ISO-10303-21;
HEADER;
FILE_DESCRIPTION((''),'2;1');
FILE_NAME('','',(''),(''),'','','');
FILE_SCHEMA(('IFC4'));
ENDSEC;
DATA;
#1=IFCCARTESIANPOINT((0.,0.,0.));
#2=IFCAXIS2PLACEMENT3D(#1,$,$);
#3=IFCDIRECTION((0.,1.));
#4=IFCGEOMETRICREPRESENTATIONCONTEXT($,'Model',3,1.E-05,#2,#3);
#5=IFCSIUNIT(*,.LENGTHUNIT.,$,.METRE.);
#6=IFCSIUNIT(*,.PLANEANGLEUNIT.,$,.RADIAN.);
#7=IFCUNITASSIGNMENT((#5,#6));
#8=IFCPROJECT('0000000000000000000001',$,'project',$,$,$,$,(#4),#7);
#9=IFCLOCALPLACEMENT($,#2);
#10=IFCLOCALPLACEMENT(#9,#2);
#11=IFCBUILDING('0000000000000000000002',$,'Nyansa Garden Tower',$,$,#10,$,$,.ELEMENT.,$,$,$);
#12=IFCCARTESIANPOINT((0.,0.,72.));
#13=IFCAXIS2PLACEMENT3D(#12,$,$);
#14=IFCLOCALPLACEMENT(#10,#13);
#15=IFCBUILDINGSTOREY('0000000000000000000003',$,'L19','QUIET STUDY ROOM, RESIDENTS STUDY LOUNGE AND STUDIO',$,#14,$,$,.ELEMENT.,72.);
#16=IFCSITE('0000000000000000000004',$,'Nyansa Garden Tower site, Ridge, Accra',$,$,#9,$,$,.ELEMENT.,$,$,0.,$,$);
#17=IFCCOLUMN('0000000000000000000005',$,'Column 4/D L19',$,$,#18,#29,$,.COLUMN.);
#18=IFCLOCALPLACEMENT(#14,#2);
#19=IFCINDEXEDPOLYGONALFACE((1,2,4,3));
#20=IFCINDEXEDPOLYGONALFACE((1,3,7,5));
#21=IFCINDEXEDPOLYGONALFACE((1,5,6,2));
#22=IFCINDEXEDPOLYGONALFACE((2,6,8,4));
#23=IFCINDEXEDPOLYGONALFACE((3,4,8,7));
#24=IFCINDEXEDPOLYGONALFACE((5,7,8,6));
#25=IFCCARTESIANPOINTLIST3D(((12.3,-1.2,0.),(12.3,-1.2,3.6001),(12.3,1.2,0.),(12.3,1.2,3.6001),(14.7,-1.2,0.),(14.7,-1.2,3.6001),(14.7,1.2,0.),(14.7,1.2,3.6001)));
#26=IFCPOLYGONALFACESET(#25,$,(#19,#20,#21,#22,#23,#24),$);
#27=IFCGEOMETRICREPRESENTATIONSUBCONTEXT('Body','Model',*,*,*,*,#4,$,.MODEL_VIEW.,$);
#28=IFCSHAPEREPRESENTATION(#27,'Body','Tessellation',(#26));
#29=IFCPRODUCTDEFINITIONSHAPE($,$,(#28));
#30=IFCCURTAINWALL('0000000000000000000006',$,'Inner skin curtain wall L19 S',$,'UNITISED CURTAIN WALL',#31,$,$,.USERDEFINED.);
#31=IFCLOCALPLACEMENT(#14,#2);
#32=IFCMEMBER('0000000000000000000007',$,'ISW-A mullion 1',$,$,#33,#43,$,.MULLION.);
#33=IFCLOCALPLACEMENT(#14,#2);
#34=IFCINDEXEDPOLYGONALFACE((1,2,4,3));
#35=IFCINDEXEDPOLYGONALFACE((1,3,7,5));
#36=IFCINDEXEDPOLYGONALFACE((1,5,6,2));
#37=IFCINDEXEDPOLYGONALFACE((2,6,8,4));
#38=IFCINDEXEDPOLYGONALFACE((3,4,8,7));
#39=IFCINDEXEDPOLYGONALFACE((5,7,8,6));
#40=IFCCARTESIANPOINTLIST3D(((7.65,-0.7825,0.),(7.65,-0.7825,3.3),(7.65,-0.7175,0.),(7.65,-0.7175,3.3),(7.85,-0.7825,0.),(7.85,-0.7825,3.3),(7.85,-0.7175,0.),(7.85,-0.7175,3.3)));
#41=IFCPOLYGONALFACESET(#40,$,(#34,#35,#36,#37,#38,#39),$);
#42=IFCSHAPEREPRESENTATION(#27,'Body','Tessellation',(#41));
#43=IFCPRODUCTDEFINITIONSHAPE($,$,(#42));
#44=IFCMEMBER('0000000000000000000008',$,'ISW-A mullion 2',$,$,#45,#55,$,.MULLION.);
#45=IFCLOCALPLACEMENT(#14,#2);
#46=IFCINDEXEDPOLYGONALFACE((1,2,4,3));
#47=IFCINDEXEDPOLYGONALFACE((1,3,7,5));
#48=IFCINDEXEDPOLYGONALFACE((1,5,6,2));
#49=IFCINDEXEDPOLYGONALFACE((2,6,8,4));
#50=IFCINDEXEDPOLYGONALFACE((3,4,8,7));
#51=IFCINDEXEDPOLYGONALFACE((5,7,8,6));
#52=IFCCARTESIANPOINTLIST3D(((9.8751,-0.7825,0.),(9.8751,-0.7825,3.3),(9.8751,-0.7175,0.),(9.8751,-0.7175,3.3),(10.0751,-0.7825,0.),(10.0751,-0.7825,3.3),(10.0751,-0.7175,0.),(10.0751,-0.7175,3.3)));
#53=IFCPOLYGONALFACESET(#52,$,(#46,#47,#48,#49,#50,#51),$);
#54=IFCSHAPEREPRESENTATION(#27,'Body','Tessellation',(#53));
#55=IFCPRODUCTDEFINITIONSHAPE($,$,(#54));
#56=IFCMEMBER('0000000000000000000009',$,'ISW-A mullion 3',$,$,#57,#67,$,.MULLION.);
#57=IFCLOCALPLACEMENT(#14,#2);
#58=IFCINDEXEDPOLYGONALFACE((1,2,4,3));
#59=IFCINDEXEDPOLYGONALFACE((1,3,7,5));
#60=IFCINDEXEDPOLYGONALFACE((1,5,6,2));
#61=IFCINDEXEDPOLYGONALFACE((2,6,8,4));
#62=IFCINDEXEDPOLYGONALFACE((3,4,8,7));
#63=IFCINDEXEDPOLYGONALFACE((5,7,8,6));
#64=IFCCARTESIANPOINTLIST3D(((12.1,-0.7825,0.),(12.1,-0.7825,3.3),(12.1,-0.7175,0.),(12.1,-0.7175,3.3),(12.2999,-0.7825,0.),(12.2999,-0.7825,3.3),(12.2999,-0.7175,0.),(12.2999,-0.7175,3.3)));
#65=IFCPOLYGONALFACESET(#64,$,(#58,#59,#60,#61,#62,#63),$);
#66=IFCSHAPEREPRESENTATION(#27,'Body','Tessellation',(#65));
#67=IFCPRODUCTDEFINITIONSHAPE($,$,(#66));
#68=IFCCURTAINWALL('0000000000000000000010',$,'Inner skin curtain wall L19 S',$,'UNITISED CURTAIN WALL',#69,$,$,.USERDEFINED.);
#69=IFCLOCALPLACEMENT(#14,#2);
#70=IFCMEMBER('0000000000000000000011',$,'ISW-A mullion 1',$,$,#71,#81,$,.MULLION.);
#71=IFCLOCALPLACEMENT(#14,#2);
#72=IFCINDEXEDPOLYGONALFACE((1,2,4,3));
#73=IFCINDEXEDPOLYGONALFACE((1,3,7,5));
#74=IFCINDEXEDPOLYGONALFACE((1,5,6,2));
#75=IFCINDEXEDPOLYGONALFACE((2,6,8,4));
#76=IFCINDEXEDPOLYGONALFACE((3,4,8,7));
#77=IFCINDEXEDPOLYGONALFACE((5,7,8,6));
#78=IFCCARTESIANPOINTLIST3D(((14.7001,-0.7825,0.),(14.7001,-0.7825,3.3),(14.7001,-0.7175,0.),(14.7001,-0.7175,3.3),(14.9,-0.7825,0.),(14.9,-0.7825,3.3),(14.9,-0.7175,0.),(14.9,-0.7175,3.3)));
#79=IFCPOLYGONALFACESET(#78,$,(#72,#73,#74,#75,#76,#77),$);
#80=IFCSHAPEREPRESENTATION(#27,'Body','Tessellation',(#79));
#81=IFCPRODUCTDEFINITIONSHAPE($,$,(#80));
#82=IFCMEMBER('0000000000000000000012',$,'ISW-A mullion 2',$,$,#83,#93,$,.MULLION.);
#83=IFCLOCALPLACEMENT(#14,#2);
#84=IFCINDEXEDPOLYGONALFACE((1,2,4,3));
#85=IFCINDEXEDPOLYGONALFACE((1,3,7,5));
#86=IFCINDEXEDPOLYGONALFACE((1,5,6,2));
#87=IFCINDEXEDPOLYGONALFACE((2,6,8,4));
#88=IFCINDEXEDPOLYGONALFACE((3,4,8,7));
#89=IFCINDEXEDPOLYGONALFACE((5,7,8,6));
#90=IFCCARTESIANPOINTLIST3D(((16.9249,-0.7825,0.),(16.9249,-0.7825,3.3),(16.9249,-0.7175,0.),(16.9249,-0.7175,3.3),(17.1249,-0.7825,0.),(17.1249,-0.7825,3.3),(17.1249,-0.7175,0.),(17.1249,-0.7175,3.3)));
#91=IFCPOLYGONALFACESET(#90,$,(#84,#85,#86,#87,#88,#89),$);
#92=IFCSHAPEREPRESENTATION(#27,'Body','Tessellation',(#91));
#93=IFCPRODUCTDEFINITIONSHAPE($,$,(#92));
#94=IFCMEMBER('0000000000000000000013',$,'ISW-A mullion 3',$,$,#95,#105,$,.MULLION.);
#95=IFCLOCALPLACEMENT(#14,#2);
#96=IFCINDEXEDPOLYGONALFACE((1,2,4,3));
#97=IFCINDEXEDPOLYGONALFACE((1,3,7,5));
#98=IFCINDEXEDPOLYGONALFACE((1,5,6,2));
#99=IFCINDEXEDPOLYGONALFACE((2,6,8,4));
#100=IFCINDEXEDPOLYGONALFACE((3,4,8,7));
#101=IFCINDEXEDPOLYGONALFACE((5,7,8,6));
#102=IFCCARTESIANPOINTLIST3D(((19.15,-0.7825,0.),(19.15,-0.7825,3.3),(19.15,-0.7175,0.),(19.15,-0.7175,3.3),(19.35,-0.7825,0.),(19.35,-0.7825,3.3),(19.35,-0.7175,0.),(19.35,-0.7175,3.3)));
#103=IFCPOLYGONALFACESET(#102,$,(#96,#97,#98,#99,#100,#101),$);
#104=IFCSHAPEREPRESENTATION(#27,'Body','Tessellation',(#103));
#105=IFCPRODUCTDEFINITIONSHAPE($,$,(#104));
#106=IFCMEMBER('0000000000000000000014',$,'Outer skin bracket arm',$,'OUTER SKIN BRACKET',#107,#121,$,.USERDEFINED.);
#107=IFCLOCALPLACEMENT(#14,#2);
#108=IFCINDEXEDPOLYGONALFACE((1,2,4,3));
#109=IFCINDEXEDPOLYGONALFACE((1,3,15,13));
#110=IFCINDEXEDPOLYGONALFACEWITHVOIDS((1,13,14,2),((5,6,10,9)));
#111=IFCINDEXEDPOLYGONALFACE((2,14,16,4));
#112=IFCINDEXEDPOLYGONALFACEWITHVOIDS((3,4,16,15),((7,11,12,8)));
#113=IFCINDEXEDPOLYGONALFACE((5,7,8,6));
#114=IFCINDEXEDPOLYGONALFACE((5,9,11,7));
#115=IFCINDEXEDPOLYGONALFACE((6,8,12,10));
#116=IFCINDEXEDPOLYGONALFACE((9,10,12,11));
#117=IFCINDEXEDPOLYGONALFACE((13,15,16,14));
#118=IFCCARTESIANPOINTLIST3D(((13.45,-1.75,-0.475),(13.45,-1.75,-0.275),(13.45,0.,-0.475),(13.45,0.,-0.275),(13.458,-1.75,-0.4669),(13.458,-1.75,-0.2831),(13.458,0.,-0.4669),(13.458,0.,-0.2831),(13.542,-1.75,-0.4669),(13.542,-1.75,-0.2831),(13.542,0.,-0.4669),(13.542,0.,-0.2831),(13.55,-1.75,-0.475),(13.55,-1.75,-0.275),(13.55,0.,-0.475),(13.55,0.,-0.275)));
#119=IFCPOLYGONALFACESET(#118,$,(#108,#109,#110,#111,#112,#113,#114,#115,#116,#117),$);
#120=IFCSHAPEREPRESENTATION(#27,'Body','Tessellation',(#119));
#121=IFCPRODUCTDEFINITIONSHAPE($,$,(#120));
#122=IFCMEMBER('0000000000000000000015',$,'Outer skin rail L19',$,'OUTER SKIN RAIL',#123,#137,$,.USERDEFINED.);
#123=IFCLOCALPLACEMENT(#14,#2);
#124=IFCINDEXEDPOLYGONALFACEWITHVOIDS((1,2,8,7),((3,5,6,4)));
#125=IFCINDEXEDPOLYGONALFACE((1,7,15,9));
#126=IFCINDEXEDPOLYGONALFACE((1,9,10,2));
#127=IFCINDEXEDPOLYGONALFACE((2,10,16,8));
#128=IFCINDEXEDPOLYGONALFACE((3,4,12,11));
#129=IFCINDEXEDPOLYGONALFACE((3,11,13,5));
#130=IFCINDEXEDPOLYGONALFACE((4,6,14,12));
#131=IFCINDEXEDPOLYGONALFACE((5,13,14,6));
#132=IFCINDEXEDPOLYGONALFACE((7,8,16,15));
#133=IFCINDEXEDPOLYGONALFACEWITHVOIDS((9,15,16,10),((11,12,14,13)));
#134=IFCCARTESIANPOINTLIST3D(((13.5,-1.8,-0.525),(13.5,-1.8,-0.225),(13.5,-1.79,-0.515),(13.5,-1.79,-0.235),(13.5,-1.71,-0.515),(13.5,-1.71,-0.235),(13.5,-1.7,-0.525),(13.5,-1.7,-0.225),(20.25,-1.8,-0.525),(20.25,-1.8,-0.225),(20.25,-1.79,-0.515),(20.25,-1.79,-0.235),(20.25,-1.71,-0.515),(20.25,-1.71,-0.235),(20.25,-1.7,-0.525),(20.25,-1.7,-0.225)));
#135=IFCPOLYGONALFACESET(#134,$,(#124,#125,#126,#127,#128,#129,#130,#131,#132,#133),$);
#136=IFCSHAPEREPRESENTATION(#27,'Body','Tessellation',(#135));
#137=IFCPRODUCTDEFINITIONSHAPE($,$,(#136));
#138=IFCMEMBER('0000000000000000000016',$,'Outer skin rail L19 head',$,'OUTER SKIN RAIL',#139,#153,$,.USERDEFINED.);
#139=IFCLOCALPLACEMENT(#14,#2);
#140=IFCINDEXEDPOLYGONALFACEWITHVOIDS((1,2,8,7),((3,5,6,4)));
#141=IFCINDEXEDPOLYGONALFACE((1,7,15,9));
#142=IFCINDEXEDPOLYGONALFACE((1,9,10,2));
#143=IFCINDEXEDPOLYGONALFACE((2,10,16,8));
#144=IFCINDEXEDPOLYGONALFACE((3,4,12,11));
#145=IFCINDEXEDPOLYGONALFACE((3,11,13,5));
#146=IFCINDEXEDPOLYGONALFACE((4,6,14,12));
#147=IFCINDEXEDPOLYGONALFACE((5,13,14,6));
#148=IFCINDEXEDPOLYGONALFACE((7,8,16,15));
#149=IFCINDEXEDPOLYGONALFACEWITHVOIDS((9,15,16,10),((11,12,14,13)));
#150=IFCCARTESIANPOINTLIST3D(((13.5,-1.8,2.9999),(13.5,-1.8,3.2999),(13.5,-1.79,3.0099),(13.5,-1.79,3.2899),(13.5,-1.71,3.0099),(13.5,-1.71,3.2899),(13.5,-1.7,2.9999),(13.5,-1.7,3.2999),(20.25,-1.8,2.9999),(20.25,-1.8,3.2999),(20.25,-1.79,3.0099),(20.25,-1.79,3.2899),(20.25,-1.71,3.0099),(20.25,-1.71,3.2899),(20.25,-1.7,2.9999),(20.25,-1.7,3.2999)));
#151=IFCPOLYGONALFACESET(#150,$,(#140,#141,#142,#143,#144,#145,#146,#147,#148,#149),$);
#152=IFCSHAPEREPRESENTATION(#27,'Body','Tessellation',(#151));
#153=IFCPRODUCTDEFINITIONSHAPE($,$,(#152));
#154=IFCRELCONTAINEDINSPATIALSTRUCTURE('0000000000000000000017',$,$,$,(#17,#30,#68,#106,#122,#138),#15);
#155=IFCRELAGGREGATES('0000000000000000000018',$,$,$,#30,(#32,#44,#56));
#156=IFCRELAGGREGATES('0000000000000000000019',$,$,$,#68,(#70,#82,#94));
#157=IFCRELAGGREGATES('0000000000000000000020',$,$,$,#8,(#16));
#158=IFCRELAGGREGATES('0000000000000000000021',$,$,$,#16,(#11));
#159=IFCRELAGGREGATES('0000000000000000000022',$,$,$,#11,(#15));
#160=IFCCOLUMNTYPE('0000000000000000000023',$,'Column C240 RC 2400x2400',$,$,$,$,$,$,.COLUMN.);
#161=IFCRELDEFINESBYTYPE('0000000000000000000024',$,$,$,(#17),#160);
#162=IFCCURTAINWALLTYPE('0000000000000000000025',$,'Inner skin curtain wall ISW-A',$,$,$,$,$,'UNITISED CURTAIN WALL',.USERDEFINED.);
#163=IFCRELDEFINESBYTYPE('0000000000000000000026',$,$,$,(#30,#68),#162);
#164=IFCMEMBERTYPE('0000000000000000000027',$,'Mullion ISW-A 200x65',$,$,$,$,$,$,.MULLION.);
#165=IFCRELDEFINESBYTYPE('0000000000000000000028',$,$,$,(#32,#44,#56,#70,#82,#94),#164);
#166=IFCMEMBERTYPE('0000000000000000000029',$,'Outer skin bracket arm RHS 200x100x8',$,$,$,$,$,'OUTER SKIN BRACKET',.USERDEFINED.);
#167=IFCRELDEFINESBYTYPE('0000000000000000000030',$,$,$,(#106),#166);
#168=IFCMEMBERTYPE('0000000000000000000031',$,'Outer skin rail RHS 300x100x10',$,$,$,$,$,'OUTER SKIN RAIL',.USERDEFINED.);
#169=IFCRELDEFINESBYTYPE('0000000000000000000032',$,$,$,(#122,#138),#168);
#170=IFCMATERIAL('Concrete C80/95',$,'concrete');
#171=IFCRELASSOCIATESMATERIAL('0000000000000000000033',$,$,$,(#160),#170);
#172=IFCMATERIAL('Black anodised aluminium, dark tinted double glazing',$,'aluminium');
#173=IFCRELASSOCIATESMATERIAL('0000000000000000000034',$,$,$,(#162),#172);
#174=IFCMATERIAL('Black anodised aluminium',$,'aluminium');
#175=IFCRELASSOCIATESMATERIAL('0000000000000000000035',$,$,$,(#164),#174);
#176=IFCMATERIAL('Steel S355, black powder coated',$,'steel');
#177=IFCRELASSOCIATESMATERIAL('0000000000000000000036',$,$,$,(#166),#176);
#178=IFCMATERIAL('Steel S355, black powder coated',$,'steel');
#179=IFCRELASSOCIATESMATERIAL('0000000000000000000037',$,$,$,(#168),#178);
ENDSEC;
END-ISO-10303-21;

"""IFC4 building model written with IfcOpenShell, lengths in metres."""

from ifc_helpers import new_model, si_unit, direction, frame, origin, origin_2d, place, context, subcontext, project, spatial, rectangle, hollow_rectangle, extrude, material, material_profile, profile_set, type_object, element, aggregate, save


model = new_model("IFC4")

# Units and contexts
model_context = context("Model", 3, precision=1e-05, world=origin(), true_north=direction((0.0, 1.0)))
body_context = subcontext(model_context, "Body", "Model", "MODEL_VIEW")
ifc_project = project(units=[si_unit("LENGTHUNIT", "METRE"), si_unit("PLANEANGLEUNIT", "RADIAN")], contexts=[model_context])

# Site, building, storey
site_placement = place(None, origin())
site = spatial("IfcSite", under=ifc_project, at=site_placement, Name="Nyansa Garden Tower site, Ridge, Accra", CompositionType="ELEMENT", RefElevation=0.0)
building_placement = place(site_placement, origin())
building = spatial("IfcBuilding", under=site, at=building_placement, Name="Nyansa Garden Tower", CompositionType="ELEMENT")
storey_placement = place(building_placement, frame((0.0, 0.0, 72.0)))
storey = spatial("IfcBuildingStorey", under=building, at=storey_placement, Name="L19", Description="QUIET STUDY ROOM, RESIDENTS STUDY LOUNGE AND STUDIO", CompositionType="ELEMENT", Elevation=72.0)

# Column
ifc_material_1 = material(Name="Concrete C80/95", Category="concrete")
ifc_material_profile_1 = material_profile(ifc_material_1, rectangle(XDim=2.3999, YDim=2.3999, at=origin_2d()), Name="RC 2400x2400")
ifc_profile_set_1 = profile_set([ifc_material_profile_1], Name="Concrete C80/95")
column_type = type_object("IfcColumnType", Name="Column C240 RC 2400x2400", PredefinedType="COLUMN", material=ifc_profile_set_1)
column_placement = place(storey_placement, frame((13.5, 0.0, 0.0), z_axis=(0.0, 0.0, 1.0), x_axis=(1.0, 0.0, 0.0)))
element("IfcColumn", 1, at=column_placement, inside=storey, type_object=column_type, Name="Column 4/D L19", PredefinedType="COLUMN", context=body_context, shape_type="SweptSolid", body=[
    extrude(rectangle(XDim=2.3999, YDim=2.3999, at=origin_2d()), origin(), (0.0, 0.0, 1.0), 3.6001),
])

# Curtain walls, members
ifc_material_2 = material(Name="Black anodised aluminium, dark tinted double glazing", Category="aluminium")
curtain_wall_type = type_object("IfcCurtainWallType", Name="Inner skin curtain wall ISW-A", ElementType="UNITISED CURTAIN WALL", PredefinedType="USERDEFINED", material=ifc_material_2)
curtain_wall_1_placement = place(storey_placement, origin())
curtain_wall_1 = element("IfcCurtainWall", 2, at=curtain_wall_1_placement, inside=storey, type_object=curtain_wall_type, Name="Inner skin curtain wall L19 S", ObjectType="UNITISED CURTAIN WALL", PredefinedType="USERDEFINED")
ifc_material_3 = material(Name="Black anodised aluminium", Category="aluminium")
ifc_material_profile_2 = material_profile(ifc_material_3, rectangle(XDim=0.0649, YDim=0.2, at=origin_2d()), Name="Mullion 200x65")
ifc_profile_set_2 = profile_set([ifc_material_profile_2], Name="Black anodised aluminium")
member_type_1 = type_object("IfcMemberType", Name="Mullion ISW-A 200x65", PredefinedType="MULLION", material=ifc_profile_set_2)
member_1_placement = place(storey_placement, frame((7.75, -0.75, 0.0), z_axis=(0.0, 0.0, 1.0), x_axis=(0.0, 1.0, 0.0)))
member_1 = element("IfcMember", 3, at=member_1_placement, type_object=member_type_1, Name="ISW-A mullion 1", PredefinedType="MULLION", context=body_context, shape_type="SweptSolid", body=[
    extrude(rectangle(XDim=0.0649, YDim=0.2, at=origin_2d()), origin(), (0.0, 0.0, 1.0), 3.3),
])
member_2_placement = place(storey_placement, frame((9.9751, -0.75, 0.0), z_axis=(0.0, 0.0, 1.0), x_axis=(0.0, 1.0, 0.0)))
member_2 = element("IfcMember", 4, at=member_2_placement, type_object=member_type_1, Name="ISW-A mullion 2", PredefinedType="MULLION", context=body_context, shape_type="SweptSolid", body=[
    extrude(rectangle(XDim=0.0649, YDim=0.2, at=origin_2d()), origin(), (0.0, 0.0, 1.0), 3.3),
])
member_3_placement = place(storey_placement, frame((12.2, -0.75, 0.0), z_axis=(0.0, 0.0, 1.0), x_axis=(0.0, 1.0, 0.0)))
member_3 = element("IfcMember", 5, at=member_3_placement, type_object=member_type_1, Name="ISW-A mullion 3", PredefinedType="MULLION", context=body_context, shape_type="SweptSolid", body=[
    extrude(rectangle(XDim=0.0649, YDim=0.2, at=origin_2d()), origin(), (0.0, 0.0, 1.0), 3.3),
])
curtain_wall_2_placement = place(storey_placement, origin())
curtain_wall_2 = element("IfcCurtainWall", 6, at=curtain_wall_2_placement, inside=storey, type_object=curtain_wall_type, Name="Inner skin curtain wall L19 S", ObjectType="UNITISED CURTAIN WALL", PredefinedType="USERDEFINED")
member_4_placement = place(storey_placement, frame((14.8, -0.75, 0.0), z_axis=(0.0, 0.0, 1.0), x_axis=(0.0, 1.0, 0.0)))
member_4 = element("IfcMember", 7, at=member_4_placement, type_object=member_type_1, Name="ISW-A mullion 1", PredefinedType="MULLION", context=body_context, shape_type="SweptSolid", body=[
    extrude(rectangle(XDim=0.0649, YDim=0.2, at=origin_2d()), origin(), (0.0, 0.0, 1.0), 3.3),
])
member_5_placement = place(storey_placement, frame((17.0249, -0.75, 0.0), z_axis=(0.0, 0.0, 1.0), x_axis=(0.0, 1.0, 0.0)))
member_5 = element("IfcMember", 8, at=member_5_placement, type_object=member_type_1, Name="ISW-A mullion 2", PredefinedType="MULLION", context=body_context, shape_type="SweptSolid", body=[
    extrude(rectangle(XDim=0.0649, YDim=0.2, at=origin_2d()), origin(), (0.0, 0.0, 1.0), 3.3),
])
member_6_placement = place(storey_placement, frame((19.25, -0.75, 0.0), z_axis=(0.0, 0.0, 1.0), x_axis=(0.0, 1.0, 0.0)))
member_6 = element("IfcMember", 9, at=member_6_placement, type_object=member_type_1, Name="ISW-A mullion 3", PredefinedType="MULLION", context=body_context, shape_type="SweptSolid", body=[
    extrude(rectangle(XDim=0.0649, YDim=0.2, at=origin_2d()), origin(), (0.0, 0.0, 1.0), 3.3),
])

# Members
ifc_material_4 = material(Name="Steel S355, black powder coated", Category="steel")
ifc_material_profile_3 = material_profile(ifc_material_4, hollow_rectangle(XDim=0.1001, YDim=0.2, WallThickness=0.0081, at=origin_2d()), Name="RHS 200x100x8")
ifc_profile_set_3 = profile_set([ifc_material_profile_3], Name="Steel S355, black powder coated")
member_type_2 = type_object("IfcMemberType", Name="Outer skin bracket arm RHS 200x100x8", ElementType="OUTER SKIN BRACKET", PredefinedType="USERDEFINED", material=ifc_profile_set_3)
member_7_placement = place(storey_placement, frame((13.5, 0.0, -0.375), z_axis=(0.0, -1.0, 0.0), x_axis=(1.0, 0.0, 0.0)))
element("IfcMember", 10, at=member_7_placement, inside=storey, type_object=member_type_2, Name="Outer skin bracket arm", ObjectType="OUTER SKIN BRACKET", PredefinedType="USERDEFINED", context=body_context, shape_type="SweptSolid", body=[
    extrude(hollow_rectangle(XDim=0.1001, YDim=0.2, WallThickness=0.0081, at=origin_2d()), origin(), (0.0, 0.0, 1.0), 1.75),
])
ifc_material_5 = material(Name="Steel S355, black powder coated", Category="steel")
ifc_material_profile_4 = material_profile(ifc_material_5, hollow_rectangle(XDim=0.1001, YDim=0.3, WallThickness=0.01, at=origin_2d()), Name="RHS 300x100x10")
ifc_profile_set_4 = profile_set([ifc_material_profile_4], Name="Steel S355, black powder coated")
member_type_3 = type_object("IfcMemberType", Name="Outer skin rail RHS 300x100x10", ElementType="OUTER SKIN RAIL", PredefinedType="USERDEFINED", material=ifc_profile_set_4)
for number, where, z_axis, x_axis, name in (
    (11, (13.5, -1.75, -0.375), (1.0, 0.0, 0.0), (0.0, 1.0, 0.0), "Outer skin rail L19"),
    (12, (13.5, -1.75, 3.1499), (1.0, 0.0, 0.0), (0.0, 1.0, 0.0), "Outer skin rail L19 head"),
):
    element("IfcMember", number, at=place(storey_placement, frame(where, z_axis=z_axis, x_axis=x_axis)), inside=storey, type_object=member_type_3, Name=name, ObjectType="OUTER SKIN RAIL", PredefinedType="USERDEFINED", context=body_context, shape_type="SweptSolid", body=[
        extrude(hollow_rectangle(XDim=0.1001, YDim=0.3, WallThickness=0.01, at=origin_2d()), origin(), (0.0, 0.0, 1.0), 6.75),
    ])

aggregate(curtain_wall_1, [member_1, member_2, member_3])
aggregate(curtain_wall_2, [member_4, member_5, member_6])

save(model, "model.ifc")
